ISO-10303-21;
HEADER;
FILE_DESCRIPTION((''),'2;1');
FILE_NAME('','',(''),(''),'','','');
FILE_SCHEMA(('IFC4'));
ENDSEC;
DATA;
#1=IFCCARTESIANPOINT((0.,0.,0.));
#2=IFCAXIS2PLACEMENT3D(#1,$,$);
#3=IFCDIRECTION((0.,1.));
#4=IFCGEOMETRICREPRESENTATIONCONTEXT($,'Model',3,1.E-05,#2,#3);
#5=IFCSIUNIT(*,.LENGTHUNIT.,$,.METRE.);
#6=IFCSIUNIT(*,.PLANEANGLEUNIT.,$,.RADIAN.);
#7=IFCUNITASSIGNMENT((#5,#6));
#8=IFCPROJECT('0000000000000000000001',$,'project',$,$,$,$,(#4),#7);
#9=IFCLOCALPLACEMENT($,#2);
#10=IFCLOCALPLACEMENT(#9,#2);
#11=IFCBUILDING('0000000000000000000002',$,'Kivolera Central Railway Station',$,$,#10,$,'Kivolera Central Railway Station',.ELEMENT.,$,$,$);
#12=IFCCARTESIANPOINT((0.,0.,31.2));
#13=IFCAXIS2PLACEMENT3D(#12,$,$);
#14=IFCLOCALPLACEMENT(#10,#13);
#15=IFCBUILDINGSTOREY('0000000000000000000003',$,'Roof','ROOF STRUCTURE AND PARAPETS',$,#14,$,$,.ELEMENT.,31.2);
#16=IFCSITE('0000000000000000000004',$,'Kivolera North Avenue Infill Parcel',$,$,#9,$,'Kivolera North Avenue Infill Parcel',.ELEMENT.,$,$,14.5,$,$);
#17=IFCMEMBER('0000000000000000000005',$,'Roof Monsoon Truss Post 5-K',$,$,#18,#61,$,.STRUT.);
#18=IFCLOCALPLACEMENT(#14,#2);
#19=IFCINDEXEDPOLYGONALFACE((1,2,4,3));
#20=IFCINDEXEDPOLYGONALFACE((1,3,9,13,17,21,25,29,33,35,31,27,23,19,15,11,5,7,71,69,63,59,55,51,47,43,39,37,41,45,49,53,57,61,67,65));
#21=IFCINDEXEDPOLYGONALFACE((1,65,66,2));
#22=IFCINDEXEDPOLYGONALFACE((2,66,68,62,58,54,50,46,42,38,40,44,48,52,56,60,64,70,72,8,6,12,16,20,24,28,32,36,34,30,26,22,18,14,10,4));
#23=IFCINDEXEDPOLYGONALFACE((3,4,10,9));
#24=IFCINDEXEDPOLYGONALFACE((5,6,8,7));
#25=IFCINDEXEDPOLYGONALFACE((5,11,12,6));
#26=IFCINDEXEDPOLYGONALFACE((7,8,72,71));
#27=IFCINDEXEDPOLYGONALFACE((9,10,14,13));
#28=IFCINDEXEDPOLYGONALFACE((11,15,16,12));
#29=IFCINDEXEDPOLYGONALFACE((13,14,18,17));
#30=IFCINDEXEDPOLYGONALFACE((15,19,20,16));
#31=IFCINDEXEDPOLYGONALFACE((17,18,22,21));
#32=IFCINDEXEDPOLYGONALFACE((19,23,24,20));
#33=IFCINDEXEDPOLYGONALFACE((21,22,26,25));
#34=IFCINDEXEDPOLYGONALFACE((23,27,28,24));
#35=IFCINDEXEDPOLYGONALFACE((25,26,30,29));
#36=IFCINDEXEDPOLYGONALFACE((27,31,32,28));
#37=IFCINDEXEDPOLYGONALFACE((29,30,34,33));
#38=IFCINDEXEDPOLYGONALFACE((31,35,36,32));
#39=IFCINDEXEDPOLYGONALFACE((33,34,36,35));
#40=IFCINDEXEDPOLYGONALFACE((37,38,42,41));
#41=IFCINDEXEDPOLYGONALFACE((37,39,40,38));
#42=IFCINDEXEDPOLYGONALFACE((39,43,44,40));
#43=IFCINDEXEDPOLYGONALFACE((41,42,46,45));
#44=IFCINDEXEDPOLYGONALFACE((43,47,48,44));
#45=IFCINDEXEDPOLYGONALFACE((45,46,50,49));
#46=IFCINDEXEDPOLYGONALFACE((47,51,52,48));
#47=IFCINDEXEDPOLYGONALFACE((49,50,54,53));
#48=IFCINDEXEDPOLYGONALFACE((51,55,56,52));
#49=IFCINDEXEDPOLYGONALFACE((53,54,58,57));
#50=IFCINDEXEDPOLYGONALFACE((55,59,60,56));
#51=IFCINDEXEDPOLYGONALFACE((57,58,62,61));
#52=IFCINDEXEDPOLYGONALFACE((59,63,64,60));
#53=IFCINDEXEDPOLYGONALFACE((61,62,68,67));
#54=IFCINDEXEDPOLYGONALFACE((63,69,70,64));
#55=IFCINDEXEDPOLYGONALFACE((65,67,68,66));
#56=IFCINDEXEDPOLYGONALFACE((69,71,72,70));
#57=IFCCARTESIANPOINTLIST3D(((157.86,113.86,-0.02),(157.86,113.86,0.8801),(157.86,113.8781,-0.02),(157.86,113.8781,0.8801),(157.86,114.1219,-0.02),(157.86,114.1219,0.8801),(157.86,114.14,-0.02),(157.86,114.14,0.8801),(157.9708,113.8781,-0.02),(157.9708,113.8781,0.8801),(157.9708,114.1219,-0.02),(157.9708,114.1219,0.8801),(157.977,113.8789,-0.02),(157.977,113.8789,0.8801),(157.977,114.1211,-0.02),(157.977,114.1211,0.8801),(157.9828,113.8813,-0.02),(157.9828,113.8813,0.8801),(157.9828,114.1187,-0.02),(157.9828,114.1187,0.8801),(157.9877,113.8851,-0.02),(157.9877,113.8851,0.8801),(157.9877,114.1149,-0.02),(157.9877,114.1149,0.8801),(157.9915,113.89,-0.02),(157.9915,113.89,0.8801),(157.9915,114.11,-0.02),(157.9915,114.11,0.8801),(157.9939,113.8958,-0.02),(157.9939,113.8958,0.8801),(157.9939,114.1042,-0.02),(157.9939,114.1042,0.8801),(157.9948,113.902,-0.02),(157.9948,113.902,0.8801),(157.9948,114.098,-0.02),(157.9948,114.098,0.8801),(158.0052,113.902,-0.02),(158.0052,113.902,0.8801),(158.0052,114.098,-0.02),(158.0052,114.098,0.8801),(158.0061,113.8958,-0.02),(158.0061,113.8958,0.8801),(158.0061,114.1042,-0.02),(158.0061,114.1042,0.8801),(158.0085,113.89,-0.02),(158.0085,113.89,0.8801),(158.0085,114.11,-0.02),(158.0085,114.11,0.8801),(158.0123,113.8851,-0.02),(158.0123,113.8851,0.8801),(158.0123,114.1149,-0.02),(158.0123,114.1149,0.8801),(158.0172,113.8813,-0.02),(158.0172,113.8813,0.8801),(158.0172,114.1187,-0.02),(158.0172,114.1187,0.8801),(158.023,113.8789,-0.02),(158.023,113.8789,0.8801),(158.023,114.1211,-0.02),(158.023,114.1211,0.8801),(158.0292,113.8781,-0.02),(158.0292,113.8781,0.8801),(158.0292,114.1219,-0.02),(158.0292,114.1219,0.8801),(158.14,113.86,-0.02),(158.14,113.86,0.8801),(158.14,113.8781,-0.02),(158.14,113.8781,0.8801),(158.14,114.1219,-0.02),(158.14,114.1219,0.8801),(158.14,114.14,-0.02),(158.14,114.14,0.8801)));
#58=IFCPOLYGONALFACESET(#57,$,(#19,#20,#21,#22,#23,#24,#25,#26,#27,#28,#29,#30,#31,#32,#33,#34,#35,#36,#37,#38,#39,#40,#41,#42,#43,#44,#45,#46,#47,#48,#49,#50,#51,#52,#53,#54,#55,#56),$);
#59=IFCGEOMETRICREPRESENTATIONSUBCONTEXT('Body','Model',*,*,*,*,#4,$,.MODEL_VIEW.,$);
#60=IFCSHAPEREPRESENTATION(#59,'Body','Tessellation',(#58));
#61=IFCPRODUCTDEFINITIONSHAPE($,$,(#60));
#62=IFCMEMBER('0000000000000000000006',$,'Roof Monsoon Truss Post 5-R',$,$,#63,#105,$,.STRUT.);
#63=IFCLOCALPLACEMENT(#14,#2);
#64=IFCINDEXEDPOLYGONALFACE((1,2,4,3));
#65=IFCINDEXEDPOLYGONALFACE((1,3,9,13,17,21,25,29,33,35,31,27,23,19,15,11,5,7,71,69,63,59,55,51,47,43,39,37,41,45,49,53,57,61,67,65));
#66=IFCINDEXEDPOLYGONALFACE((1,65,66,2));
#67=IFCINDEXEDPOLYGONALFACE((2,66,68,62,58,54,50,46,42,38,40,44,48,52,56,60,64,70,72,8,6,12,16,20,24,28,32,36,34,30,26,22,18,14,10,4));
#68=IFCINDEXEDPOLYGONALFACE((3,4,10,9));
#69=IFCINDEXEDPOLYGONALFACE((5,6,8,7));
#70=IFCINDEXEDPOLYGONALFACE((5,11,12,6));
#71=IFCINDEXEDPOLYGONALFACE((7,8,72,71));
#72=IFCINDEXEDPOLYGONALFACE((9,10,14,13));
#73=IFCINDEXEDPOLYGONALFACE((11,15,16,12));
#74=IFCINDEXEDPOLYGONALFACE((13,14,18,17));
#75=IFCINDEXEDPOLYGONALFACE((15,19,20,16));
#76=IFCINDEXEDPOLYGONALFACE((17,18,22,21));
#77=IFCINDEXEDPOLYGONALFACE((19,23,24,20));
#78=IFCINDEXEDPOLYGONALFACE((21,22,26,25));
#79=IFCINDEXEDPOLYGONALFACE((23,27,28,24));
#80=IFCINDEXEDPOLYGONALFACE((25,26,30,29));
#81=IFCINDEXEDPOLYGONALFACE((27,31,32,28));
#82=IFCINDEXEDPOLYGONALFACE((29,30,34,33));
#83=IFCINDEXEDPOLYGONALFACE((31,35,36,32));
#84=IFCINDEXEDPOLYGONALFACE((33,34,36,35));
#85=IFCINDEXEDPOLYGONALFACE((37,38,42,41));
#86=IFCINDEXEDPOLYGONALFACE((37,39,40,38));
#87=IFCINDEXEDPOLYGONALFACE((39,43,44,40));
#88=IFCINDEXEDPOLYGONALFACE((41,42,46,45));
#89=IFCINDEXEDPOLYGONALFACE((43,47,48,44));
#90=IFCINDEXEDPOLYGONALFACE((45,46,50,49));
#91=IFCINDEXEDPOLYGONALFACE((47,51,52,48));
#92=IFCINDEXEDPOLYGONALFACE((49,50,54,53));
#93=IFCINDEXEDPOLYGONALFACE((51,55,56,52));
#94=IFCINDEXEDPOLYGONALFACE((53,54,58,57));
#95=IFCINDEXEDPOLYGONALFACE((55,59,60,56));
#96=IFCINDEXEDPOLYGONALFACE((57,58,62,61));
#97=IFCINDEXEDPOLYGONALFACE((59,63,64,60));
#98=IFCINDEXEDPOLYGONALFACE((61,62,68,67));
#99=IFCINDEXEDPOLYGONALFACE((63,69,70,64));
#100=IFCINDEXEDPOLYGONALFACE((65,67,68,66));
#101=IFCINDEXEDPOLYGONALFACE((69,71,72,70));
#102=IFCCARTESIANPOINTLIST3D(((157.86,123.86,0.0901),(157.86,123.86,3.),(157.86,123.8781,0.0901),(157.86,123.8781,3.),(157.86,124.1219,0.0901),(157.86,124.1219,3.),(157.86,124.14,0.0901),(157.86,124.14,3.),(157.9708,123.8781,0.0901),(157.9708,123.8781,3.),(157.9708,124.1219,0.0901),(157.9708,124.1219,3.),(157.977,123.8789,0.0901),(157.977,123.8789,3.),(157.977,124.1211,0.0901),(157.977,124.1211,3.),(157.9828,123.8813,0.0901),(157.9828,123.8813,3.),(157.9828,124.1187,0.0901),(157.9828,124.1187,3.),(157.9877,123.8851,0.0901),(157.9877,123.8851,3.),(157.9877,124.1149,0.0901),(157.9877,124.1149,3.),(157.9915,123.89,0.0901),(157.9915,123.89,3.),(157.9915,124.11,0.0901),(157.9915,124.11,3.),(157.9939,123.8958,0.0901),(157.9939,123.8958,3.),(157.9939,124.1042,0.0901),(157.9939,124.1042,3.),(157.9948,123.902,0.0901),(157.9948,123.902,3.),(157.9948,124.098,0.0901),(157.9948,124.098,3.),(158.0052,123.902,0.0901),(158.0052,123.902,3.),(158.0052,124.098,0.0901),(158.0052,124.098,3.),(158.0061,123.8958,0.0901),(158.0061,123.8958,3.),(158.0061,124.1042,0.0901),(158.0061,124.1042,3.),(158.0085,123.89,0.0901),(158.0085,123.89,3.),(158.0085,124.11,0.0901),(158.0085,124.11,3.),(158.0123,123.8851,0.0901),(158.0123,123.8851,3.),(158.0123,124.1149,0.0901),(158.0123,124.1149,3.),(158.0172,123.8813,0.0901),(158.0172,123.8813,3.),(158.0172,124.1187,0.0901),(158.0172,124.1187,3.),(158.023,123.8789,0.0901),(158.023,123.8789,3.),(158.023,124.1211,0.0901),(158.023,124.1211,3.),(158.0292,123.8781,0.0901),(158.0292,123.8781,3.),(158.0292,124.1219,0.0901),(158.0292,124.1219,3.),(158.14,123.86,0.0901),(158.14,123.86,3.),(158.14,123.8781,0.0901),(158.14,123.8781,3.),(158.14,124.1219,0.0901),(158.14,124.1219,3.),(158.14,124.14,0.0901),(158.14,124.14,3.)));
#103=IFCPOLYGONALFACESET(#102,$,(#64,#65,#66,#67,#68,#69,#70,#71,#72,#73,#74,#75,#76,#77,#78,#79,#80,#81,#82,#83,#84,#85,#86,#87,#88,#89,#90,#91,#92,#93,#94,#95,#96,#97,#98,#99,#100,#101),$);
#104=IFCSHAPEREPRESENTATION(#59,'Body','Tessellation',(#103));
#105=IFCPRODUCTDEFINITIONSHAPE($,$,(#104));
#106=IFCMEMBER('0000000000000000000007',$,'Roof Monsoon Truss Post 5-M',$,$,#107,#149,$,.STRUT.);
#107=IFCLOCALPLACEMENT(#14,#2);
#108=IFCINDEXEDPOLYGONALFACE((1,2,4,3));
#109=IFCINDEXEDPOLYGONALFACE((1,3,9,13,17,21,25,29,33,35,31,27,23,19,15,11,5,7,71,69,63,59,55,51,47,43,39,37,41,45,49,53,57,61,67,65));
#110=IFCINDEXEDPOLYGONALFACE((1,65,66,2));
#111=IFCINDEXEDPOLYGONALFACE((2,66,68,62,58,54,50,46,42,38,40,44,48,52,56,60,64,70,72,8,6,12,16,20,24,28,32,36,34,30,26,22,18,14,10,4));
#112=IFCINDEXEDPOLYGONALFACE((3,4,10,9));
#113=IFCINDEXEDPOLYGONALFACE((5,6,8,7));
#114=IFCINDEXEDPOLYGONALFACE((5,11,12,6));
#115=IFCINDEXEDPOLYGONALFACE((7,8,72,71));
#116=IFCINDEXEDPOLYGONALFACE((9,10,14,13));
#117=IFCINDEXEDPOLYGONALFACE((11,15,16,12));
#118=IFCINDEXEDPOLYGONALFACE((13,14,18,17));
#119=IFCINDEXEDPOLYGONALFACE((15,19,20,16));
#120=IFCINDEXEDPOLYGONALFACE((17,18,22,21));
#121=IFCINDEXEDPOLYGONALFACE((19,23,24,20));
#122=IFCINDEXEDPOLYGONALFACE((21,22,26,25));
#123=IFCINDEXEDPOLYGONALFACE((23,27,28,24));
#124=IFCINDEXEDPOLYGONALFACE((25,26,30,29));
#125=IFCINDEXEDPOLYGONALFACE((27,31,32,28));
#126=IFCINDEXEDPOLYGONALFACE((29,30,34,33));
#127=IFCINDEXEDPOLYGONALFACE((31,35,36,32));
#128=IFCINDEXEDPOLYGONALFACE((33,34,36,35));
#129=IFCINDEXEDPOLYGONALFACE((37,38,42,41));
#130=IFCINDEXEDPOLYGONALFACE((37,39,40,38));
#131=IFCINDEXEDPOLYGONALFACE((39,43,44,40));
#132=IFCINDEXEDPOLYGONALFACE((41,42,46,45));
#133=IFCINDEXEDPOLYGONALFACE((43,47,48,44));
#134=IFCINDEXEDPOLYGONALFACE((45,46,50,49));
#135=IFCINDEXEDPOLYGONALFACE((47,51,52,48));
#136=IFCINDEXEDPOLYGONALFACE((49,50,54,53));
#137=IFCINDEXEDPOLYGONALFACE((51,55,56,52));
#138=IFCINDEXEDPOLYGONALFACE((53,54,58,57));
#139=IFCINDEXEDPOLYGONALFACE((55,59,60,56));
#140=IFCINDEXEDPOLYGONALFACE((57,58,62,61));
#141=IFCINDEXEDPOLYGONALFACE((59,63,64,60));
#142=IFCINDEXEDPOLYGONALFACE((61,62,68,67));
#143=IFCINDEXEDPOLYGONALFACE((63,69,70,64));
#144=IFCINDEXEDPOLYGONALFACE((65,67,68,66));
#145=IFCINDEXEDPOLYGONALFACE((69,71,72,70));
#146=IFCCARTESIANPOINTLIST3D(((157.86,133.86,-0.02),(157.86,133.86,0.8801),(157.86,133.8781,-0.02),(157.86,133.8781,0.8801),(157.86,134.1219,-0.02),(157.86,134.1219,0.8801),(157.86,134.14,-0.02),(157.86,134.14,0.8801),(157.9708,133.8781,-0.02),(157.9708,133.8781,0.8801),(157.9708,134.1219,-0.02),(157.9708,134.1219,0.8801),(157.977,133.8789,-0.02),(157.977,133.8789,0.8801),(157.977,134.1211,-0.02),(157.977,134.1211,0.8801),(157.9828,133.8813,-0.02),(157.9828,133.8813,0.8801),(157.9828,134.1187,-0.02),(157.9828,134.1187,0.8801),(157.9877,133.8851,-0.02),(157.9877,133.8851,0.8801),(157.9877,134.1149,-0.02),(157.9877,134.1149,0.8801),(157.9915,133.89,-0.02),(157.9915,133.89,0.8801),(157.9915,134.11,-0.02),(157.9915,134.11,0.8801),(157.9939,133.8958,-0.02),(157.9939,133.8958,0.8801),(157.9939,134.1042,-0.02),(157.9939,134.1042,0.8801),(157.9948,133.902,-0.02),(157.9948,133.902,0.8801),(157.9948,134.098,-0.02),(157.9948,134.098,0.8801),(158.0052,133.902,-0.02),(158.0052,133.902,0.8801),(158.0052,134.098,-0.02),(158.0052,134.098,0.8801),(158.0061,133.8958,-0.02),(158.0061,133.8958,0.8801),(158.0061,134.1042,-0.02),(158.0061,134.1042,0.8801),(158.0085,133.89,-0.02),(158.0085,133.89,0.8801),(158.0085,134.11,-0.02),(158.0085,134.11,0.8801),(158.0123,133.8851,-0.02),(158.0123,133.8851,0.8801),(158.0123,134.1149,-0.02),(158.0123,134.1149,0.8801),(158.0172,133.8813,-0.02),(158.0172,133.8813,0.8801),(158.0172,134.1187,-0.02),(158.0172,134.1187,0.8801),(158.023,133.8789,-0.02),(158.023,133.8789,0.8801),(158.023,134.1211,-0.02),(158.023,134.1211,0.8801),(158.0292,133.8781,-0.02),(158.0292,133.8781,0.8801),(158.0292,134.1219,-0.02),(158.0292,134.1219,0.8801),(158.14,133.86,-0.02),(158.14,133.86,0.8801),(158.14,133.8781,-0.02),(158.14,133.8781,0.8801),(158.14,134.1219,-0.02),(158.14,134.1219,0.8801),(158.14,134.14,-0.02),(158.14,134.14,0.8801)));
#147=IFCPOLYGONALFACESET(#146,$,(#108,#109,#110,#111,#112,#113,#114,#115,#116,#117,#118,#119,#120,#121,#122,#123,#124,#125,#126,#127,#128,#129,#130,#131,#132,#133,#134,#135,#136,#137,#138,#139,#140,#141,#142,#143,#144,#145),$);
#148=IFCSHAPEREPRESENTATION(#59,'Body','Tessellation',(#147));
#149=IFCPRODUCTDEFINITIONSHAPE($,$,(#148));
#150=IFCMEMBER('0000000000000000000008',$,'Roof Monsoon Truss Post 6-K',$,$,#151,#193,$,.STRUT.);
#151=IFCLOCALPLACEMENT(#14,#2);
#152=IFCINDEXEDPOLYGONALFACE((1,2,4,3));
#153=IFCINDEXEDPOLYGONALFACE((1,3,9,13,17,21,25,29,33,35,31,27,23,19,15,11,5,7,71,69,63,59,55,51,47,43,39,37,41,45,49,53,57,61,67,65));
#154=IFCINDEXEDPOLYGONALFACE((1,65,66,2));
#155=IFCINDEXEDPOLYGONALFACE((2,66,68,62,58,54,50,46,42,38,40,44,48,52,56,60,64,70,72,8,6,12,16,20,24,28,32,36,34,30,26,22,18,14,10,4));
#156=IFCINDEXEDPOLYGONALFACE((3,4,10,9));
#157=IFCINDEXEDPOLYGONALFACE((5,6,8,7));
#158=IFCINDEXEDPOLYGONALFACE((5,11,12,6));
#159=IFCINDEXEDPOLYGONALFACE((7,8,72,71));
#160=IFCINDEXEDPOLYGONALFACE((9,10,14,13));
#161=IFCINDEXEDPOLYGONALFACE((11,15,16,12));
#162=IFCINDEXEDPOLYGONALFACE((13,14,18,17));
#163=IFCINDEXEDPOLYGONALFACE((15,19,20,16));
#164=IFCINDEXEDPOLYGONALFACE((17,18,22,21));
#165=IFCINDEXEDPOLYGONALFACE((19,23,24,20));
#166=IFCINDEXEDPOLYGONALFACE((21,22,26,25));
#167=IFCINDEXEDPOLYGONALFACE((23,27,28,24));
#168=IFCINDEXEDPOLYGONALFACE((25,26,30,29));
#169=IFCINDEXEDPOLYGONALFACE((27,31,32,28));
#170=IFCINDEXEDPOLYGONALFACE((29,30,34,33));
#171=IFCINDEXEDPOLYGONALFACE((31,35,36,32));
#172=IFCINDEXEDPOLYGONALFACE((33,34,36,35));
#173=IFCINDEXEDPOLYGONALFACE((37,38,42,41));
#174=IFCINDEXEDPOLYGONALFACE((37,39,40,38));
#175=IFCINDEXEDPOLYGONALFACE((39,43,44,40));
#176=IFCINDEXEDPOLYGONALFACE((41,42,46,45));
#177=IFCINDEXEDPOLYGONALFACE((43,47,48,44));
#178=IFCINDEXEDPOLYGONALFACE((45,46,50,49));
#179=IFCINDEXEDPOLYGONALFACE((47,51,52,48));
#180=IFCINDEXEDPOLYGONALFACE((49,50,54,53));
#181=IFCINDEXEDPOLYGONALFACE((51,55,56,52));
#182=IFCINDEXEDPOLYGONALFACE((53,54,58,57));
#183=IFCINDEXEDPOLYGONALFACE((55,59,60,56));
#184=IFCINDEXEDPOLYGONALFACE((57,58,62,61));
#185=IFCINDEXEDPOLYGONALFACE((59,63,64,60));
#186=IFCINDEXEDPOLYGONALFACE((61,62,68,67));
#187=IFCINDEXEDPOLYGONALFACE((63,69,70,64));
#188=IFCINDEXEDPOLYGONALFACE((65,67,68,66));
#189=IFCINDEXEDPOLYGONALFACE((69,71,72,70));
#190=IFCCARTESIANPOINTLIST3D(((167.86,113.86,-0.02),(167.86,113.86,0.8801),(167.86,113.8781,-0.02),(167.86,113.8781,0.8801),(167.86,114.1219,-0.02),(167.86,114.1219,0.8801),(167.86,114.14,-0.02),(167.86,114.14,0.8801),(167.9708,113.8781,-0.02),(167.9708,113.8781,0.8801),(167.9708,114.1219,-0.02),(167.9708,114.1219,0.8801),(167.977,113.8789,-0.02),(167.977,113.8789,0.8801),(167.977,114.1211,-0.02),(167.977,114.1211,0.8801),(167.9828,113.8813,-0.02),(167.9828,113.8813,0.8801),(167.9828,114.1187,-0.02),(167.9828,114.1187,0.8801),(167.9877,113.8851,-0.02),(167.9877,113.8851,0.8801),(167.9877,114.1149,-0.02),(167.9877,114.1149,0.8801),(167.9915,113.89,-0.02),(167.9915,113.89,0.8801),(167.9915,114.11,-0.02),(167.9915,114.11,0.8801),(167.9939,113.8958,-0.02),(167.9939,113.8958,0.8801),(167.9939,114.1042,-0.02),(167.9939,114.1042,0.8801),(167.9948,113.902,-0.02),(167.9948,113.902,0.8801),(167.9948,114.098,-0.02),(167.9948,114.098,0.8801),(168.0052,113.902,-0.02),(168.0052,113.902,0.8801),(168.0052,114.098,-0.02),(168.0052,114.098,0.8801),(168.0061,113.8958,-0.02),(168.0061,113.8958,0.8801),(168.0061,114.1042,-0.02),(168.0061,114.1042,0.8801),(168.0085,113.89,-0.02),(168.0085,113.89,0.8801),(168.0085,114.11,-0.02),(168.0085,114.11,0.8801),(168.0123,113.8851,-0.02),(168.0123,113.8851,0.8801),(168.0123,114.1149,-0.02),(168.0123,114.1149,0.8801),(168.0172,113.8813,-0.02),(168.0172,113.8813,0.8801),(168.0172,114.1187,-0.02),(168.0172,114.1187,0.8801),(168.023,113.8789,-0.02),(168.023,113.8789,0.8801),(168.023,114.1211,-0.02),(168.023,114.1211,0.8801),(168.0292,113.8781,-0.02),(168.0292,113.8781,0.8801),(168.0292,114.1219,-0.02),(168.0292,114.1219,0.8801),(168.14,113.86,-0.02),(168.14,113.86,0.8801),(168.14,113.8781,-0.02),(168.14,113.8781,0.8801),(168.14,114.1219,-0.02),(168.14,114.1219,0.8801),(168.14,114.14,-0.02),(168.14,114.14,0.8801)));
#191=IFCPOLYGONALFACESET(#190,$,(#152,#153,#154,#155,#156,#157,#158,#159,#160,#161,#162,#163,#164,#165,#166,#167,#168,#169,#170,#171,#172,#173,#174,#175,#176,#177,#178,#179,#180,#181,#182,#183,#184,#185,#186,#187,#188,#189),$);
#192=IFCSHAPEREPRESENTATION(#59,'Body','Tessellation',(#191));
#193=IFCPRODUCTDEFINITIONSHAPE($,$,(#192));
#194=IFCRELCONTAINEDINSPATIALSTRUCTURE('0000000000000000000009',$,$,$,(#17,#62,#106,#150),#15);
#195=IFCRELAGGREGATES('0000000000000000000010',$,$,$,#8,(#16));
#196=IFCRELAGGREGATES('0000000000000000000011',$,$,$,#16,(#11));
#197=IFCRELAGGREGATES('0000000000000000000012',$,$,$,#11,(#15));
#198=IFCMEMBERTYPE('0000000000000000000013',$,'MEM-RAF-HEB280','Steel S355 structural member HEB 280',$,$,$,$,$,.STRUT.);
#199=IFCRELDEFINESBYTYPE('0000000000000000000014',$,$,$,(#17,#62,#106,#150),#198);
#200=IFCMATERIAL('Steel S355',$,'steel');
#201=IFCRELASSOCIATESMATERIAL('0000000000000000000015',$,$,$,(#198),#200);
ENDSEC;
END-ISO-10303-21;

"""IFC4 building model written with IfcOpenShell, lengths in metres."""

from ifc_helpers import new_model, si_unit, direction, frame, origin, origin_2d, place, context, subcontext, project, spatial, i_section, extrude, material, material_profile, profile_set, type_object, element, save


model = new_model("IFC4")

# Units and contexts
model_context = context("Model", 3, precision=1e-05, world=origin(), true_north=direction((0.0, 1.0)))
body_context = subcontext(model_context, "Body", "Model", "MODEL_VIEW")
ifc_project = project(units=[si_unit("LENGTHUNIT", "METRE"), si_unit("PLANEANGLEUNIT", "RADIAN")], contexts=[model_context])

# Site, building, storey
site_placement = place(None, origin())
site = spatial("IfcSite", under=ifc_project, at=site_placement, Name="Kivolera North Avenue Infill Parcel", LongName="Kivolera North Avenue Infill Parcel", CompositionType="ELEMENT", RefElevation=14.5)
building_placement = place(site_placement, origin())
building = spatial("IfcBuilding", under=site, at=building_placement, Name="Kivolera Central Railway Station", LongName="Kivolera Central Railway Station", CompositionType="ELEMENT")
storey_placement = place(building_placement, frame((0.0, 0.0, 31.2)))
storey = spatial("IfcBuildingStorey", under=building, at=storey_placement, Name="Roof", Description="ROOF STRUCTURE AND PARAPETS", CompositionType="ELEMENT", Elevation=31.2)

# Shared definitions
ifc_material_1 = material(Name="Steel S355", Category="steel")

# Members
ifc_material_profile_1 = material_profile(ifc_material_1, i_section(OverallWidth=0.28, OverallDepth=0.28, WebThickness=0.0105, FlangeThickness=0.0181, FilletRadius=0.0239, at=origin_2d()), Name="HEB 280")
ifc_profile_set_1 = profile_set([ifc_material_profile_1], Name="Steel S355")
member_type_1 = type_object("IfcMemberType", Name="MEM-RAF-HEB280", Description="Steel S355 structural member HEB 280", PredefinedType="STRUT", material=ifc_profile_set_1)
member_1_placement = place(storey_placement, frame((158.0, 114.0, -0.02), z_axis=(0.0, 0.0, 1.0), x_axis=(1.0, 0.0, 0.0)))
element("IfcMember", 1, at=member_1_placement, inside=storey, type_object=member_type_1, Name="Roof Monsoon Truss Post 5-K", PredefinedType="STRUT", context=body_context, shape_type="SweptSolid", body=[
    extrude(i_section(OverallWidth=0.28, OverallDepth=0.28, WebThickness=0.0105, FlangeThickness=0.0181, FilletRadius=0.0239, at=origin_2d()), origin(), (0.0, 0.0, 1.0), 0.9001),
])
member_2_placement = place(storey_placement, frame((158.0, 124.0, 0.0901), z_axis=(0.0, 0.0, 1.0), x_axis=(1.0, 0.0, 0.0)))
element("IfcMember", 2, at=member_2_placement, inside=storey, type_object=member_type_1, Name="Roof Monsoon Truss Post 5-R", PredefinedType="STRUT", context=body_context, shape_type="SweptSolid", body=[
    extrude(i_section(OverallWidth=0.28, OverallDepth=0.28, WebThickness=0.0105, FlangeThickness=0.0181, FilletRadius=0.0239, at=origin_2d()), origin(), (0.0, 0.0, 1.0), 2.9099),
])
for number, where, z_axis, x_axis, name in (
    (3, (158.0, 134.0, -0.02), (0.0, 0.0, 1.0), (1.0, 0.0, 0.0), "Roof Monsoon Truss Post 5-M"),
    (4, (168.0, 114.0, -0.02), (0.0, 0.0, 1.0), (1.0, 0.0, 0.0), "Roof Monsoon Truss Post 6-K"),
):
    element("IfcMember", number, at=place(storey_placement, frame(where, z_axis=z_axis, x_axis=x_axis)), inside=storey, type_object=member_type_1, Name=name, PredefinedType="STRUT", context=body_context, shape_type="SweptSolid", body=[
        extrude(i_section(OverallWidth=0.28, OverallDepth=0.28, WebThickness=0.0105, FlangeThickness=0.0181, FilletRadius=0.0239, at=origin_2d()), origin(), (0.0, 0.0, 1.0), 0.9001),
    ])

save(model, "model.ifc")
